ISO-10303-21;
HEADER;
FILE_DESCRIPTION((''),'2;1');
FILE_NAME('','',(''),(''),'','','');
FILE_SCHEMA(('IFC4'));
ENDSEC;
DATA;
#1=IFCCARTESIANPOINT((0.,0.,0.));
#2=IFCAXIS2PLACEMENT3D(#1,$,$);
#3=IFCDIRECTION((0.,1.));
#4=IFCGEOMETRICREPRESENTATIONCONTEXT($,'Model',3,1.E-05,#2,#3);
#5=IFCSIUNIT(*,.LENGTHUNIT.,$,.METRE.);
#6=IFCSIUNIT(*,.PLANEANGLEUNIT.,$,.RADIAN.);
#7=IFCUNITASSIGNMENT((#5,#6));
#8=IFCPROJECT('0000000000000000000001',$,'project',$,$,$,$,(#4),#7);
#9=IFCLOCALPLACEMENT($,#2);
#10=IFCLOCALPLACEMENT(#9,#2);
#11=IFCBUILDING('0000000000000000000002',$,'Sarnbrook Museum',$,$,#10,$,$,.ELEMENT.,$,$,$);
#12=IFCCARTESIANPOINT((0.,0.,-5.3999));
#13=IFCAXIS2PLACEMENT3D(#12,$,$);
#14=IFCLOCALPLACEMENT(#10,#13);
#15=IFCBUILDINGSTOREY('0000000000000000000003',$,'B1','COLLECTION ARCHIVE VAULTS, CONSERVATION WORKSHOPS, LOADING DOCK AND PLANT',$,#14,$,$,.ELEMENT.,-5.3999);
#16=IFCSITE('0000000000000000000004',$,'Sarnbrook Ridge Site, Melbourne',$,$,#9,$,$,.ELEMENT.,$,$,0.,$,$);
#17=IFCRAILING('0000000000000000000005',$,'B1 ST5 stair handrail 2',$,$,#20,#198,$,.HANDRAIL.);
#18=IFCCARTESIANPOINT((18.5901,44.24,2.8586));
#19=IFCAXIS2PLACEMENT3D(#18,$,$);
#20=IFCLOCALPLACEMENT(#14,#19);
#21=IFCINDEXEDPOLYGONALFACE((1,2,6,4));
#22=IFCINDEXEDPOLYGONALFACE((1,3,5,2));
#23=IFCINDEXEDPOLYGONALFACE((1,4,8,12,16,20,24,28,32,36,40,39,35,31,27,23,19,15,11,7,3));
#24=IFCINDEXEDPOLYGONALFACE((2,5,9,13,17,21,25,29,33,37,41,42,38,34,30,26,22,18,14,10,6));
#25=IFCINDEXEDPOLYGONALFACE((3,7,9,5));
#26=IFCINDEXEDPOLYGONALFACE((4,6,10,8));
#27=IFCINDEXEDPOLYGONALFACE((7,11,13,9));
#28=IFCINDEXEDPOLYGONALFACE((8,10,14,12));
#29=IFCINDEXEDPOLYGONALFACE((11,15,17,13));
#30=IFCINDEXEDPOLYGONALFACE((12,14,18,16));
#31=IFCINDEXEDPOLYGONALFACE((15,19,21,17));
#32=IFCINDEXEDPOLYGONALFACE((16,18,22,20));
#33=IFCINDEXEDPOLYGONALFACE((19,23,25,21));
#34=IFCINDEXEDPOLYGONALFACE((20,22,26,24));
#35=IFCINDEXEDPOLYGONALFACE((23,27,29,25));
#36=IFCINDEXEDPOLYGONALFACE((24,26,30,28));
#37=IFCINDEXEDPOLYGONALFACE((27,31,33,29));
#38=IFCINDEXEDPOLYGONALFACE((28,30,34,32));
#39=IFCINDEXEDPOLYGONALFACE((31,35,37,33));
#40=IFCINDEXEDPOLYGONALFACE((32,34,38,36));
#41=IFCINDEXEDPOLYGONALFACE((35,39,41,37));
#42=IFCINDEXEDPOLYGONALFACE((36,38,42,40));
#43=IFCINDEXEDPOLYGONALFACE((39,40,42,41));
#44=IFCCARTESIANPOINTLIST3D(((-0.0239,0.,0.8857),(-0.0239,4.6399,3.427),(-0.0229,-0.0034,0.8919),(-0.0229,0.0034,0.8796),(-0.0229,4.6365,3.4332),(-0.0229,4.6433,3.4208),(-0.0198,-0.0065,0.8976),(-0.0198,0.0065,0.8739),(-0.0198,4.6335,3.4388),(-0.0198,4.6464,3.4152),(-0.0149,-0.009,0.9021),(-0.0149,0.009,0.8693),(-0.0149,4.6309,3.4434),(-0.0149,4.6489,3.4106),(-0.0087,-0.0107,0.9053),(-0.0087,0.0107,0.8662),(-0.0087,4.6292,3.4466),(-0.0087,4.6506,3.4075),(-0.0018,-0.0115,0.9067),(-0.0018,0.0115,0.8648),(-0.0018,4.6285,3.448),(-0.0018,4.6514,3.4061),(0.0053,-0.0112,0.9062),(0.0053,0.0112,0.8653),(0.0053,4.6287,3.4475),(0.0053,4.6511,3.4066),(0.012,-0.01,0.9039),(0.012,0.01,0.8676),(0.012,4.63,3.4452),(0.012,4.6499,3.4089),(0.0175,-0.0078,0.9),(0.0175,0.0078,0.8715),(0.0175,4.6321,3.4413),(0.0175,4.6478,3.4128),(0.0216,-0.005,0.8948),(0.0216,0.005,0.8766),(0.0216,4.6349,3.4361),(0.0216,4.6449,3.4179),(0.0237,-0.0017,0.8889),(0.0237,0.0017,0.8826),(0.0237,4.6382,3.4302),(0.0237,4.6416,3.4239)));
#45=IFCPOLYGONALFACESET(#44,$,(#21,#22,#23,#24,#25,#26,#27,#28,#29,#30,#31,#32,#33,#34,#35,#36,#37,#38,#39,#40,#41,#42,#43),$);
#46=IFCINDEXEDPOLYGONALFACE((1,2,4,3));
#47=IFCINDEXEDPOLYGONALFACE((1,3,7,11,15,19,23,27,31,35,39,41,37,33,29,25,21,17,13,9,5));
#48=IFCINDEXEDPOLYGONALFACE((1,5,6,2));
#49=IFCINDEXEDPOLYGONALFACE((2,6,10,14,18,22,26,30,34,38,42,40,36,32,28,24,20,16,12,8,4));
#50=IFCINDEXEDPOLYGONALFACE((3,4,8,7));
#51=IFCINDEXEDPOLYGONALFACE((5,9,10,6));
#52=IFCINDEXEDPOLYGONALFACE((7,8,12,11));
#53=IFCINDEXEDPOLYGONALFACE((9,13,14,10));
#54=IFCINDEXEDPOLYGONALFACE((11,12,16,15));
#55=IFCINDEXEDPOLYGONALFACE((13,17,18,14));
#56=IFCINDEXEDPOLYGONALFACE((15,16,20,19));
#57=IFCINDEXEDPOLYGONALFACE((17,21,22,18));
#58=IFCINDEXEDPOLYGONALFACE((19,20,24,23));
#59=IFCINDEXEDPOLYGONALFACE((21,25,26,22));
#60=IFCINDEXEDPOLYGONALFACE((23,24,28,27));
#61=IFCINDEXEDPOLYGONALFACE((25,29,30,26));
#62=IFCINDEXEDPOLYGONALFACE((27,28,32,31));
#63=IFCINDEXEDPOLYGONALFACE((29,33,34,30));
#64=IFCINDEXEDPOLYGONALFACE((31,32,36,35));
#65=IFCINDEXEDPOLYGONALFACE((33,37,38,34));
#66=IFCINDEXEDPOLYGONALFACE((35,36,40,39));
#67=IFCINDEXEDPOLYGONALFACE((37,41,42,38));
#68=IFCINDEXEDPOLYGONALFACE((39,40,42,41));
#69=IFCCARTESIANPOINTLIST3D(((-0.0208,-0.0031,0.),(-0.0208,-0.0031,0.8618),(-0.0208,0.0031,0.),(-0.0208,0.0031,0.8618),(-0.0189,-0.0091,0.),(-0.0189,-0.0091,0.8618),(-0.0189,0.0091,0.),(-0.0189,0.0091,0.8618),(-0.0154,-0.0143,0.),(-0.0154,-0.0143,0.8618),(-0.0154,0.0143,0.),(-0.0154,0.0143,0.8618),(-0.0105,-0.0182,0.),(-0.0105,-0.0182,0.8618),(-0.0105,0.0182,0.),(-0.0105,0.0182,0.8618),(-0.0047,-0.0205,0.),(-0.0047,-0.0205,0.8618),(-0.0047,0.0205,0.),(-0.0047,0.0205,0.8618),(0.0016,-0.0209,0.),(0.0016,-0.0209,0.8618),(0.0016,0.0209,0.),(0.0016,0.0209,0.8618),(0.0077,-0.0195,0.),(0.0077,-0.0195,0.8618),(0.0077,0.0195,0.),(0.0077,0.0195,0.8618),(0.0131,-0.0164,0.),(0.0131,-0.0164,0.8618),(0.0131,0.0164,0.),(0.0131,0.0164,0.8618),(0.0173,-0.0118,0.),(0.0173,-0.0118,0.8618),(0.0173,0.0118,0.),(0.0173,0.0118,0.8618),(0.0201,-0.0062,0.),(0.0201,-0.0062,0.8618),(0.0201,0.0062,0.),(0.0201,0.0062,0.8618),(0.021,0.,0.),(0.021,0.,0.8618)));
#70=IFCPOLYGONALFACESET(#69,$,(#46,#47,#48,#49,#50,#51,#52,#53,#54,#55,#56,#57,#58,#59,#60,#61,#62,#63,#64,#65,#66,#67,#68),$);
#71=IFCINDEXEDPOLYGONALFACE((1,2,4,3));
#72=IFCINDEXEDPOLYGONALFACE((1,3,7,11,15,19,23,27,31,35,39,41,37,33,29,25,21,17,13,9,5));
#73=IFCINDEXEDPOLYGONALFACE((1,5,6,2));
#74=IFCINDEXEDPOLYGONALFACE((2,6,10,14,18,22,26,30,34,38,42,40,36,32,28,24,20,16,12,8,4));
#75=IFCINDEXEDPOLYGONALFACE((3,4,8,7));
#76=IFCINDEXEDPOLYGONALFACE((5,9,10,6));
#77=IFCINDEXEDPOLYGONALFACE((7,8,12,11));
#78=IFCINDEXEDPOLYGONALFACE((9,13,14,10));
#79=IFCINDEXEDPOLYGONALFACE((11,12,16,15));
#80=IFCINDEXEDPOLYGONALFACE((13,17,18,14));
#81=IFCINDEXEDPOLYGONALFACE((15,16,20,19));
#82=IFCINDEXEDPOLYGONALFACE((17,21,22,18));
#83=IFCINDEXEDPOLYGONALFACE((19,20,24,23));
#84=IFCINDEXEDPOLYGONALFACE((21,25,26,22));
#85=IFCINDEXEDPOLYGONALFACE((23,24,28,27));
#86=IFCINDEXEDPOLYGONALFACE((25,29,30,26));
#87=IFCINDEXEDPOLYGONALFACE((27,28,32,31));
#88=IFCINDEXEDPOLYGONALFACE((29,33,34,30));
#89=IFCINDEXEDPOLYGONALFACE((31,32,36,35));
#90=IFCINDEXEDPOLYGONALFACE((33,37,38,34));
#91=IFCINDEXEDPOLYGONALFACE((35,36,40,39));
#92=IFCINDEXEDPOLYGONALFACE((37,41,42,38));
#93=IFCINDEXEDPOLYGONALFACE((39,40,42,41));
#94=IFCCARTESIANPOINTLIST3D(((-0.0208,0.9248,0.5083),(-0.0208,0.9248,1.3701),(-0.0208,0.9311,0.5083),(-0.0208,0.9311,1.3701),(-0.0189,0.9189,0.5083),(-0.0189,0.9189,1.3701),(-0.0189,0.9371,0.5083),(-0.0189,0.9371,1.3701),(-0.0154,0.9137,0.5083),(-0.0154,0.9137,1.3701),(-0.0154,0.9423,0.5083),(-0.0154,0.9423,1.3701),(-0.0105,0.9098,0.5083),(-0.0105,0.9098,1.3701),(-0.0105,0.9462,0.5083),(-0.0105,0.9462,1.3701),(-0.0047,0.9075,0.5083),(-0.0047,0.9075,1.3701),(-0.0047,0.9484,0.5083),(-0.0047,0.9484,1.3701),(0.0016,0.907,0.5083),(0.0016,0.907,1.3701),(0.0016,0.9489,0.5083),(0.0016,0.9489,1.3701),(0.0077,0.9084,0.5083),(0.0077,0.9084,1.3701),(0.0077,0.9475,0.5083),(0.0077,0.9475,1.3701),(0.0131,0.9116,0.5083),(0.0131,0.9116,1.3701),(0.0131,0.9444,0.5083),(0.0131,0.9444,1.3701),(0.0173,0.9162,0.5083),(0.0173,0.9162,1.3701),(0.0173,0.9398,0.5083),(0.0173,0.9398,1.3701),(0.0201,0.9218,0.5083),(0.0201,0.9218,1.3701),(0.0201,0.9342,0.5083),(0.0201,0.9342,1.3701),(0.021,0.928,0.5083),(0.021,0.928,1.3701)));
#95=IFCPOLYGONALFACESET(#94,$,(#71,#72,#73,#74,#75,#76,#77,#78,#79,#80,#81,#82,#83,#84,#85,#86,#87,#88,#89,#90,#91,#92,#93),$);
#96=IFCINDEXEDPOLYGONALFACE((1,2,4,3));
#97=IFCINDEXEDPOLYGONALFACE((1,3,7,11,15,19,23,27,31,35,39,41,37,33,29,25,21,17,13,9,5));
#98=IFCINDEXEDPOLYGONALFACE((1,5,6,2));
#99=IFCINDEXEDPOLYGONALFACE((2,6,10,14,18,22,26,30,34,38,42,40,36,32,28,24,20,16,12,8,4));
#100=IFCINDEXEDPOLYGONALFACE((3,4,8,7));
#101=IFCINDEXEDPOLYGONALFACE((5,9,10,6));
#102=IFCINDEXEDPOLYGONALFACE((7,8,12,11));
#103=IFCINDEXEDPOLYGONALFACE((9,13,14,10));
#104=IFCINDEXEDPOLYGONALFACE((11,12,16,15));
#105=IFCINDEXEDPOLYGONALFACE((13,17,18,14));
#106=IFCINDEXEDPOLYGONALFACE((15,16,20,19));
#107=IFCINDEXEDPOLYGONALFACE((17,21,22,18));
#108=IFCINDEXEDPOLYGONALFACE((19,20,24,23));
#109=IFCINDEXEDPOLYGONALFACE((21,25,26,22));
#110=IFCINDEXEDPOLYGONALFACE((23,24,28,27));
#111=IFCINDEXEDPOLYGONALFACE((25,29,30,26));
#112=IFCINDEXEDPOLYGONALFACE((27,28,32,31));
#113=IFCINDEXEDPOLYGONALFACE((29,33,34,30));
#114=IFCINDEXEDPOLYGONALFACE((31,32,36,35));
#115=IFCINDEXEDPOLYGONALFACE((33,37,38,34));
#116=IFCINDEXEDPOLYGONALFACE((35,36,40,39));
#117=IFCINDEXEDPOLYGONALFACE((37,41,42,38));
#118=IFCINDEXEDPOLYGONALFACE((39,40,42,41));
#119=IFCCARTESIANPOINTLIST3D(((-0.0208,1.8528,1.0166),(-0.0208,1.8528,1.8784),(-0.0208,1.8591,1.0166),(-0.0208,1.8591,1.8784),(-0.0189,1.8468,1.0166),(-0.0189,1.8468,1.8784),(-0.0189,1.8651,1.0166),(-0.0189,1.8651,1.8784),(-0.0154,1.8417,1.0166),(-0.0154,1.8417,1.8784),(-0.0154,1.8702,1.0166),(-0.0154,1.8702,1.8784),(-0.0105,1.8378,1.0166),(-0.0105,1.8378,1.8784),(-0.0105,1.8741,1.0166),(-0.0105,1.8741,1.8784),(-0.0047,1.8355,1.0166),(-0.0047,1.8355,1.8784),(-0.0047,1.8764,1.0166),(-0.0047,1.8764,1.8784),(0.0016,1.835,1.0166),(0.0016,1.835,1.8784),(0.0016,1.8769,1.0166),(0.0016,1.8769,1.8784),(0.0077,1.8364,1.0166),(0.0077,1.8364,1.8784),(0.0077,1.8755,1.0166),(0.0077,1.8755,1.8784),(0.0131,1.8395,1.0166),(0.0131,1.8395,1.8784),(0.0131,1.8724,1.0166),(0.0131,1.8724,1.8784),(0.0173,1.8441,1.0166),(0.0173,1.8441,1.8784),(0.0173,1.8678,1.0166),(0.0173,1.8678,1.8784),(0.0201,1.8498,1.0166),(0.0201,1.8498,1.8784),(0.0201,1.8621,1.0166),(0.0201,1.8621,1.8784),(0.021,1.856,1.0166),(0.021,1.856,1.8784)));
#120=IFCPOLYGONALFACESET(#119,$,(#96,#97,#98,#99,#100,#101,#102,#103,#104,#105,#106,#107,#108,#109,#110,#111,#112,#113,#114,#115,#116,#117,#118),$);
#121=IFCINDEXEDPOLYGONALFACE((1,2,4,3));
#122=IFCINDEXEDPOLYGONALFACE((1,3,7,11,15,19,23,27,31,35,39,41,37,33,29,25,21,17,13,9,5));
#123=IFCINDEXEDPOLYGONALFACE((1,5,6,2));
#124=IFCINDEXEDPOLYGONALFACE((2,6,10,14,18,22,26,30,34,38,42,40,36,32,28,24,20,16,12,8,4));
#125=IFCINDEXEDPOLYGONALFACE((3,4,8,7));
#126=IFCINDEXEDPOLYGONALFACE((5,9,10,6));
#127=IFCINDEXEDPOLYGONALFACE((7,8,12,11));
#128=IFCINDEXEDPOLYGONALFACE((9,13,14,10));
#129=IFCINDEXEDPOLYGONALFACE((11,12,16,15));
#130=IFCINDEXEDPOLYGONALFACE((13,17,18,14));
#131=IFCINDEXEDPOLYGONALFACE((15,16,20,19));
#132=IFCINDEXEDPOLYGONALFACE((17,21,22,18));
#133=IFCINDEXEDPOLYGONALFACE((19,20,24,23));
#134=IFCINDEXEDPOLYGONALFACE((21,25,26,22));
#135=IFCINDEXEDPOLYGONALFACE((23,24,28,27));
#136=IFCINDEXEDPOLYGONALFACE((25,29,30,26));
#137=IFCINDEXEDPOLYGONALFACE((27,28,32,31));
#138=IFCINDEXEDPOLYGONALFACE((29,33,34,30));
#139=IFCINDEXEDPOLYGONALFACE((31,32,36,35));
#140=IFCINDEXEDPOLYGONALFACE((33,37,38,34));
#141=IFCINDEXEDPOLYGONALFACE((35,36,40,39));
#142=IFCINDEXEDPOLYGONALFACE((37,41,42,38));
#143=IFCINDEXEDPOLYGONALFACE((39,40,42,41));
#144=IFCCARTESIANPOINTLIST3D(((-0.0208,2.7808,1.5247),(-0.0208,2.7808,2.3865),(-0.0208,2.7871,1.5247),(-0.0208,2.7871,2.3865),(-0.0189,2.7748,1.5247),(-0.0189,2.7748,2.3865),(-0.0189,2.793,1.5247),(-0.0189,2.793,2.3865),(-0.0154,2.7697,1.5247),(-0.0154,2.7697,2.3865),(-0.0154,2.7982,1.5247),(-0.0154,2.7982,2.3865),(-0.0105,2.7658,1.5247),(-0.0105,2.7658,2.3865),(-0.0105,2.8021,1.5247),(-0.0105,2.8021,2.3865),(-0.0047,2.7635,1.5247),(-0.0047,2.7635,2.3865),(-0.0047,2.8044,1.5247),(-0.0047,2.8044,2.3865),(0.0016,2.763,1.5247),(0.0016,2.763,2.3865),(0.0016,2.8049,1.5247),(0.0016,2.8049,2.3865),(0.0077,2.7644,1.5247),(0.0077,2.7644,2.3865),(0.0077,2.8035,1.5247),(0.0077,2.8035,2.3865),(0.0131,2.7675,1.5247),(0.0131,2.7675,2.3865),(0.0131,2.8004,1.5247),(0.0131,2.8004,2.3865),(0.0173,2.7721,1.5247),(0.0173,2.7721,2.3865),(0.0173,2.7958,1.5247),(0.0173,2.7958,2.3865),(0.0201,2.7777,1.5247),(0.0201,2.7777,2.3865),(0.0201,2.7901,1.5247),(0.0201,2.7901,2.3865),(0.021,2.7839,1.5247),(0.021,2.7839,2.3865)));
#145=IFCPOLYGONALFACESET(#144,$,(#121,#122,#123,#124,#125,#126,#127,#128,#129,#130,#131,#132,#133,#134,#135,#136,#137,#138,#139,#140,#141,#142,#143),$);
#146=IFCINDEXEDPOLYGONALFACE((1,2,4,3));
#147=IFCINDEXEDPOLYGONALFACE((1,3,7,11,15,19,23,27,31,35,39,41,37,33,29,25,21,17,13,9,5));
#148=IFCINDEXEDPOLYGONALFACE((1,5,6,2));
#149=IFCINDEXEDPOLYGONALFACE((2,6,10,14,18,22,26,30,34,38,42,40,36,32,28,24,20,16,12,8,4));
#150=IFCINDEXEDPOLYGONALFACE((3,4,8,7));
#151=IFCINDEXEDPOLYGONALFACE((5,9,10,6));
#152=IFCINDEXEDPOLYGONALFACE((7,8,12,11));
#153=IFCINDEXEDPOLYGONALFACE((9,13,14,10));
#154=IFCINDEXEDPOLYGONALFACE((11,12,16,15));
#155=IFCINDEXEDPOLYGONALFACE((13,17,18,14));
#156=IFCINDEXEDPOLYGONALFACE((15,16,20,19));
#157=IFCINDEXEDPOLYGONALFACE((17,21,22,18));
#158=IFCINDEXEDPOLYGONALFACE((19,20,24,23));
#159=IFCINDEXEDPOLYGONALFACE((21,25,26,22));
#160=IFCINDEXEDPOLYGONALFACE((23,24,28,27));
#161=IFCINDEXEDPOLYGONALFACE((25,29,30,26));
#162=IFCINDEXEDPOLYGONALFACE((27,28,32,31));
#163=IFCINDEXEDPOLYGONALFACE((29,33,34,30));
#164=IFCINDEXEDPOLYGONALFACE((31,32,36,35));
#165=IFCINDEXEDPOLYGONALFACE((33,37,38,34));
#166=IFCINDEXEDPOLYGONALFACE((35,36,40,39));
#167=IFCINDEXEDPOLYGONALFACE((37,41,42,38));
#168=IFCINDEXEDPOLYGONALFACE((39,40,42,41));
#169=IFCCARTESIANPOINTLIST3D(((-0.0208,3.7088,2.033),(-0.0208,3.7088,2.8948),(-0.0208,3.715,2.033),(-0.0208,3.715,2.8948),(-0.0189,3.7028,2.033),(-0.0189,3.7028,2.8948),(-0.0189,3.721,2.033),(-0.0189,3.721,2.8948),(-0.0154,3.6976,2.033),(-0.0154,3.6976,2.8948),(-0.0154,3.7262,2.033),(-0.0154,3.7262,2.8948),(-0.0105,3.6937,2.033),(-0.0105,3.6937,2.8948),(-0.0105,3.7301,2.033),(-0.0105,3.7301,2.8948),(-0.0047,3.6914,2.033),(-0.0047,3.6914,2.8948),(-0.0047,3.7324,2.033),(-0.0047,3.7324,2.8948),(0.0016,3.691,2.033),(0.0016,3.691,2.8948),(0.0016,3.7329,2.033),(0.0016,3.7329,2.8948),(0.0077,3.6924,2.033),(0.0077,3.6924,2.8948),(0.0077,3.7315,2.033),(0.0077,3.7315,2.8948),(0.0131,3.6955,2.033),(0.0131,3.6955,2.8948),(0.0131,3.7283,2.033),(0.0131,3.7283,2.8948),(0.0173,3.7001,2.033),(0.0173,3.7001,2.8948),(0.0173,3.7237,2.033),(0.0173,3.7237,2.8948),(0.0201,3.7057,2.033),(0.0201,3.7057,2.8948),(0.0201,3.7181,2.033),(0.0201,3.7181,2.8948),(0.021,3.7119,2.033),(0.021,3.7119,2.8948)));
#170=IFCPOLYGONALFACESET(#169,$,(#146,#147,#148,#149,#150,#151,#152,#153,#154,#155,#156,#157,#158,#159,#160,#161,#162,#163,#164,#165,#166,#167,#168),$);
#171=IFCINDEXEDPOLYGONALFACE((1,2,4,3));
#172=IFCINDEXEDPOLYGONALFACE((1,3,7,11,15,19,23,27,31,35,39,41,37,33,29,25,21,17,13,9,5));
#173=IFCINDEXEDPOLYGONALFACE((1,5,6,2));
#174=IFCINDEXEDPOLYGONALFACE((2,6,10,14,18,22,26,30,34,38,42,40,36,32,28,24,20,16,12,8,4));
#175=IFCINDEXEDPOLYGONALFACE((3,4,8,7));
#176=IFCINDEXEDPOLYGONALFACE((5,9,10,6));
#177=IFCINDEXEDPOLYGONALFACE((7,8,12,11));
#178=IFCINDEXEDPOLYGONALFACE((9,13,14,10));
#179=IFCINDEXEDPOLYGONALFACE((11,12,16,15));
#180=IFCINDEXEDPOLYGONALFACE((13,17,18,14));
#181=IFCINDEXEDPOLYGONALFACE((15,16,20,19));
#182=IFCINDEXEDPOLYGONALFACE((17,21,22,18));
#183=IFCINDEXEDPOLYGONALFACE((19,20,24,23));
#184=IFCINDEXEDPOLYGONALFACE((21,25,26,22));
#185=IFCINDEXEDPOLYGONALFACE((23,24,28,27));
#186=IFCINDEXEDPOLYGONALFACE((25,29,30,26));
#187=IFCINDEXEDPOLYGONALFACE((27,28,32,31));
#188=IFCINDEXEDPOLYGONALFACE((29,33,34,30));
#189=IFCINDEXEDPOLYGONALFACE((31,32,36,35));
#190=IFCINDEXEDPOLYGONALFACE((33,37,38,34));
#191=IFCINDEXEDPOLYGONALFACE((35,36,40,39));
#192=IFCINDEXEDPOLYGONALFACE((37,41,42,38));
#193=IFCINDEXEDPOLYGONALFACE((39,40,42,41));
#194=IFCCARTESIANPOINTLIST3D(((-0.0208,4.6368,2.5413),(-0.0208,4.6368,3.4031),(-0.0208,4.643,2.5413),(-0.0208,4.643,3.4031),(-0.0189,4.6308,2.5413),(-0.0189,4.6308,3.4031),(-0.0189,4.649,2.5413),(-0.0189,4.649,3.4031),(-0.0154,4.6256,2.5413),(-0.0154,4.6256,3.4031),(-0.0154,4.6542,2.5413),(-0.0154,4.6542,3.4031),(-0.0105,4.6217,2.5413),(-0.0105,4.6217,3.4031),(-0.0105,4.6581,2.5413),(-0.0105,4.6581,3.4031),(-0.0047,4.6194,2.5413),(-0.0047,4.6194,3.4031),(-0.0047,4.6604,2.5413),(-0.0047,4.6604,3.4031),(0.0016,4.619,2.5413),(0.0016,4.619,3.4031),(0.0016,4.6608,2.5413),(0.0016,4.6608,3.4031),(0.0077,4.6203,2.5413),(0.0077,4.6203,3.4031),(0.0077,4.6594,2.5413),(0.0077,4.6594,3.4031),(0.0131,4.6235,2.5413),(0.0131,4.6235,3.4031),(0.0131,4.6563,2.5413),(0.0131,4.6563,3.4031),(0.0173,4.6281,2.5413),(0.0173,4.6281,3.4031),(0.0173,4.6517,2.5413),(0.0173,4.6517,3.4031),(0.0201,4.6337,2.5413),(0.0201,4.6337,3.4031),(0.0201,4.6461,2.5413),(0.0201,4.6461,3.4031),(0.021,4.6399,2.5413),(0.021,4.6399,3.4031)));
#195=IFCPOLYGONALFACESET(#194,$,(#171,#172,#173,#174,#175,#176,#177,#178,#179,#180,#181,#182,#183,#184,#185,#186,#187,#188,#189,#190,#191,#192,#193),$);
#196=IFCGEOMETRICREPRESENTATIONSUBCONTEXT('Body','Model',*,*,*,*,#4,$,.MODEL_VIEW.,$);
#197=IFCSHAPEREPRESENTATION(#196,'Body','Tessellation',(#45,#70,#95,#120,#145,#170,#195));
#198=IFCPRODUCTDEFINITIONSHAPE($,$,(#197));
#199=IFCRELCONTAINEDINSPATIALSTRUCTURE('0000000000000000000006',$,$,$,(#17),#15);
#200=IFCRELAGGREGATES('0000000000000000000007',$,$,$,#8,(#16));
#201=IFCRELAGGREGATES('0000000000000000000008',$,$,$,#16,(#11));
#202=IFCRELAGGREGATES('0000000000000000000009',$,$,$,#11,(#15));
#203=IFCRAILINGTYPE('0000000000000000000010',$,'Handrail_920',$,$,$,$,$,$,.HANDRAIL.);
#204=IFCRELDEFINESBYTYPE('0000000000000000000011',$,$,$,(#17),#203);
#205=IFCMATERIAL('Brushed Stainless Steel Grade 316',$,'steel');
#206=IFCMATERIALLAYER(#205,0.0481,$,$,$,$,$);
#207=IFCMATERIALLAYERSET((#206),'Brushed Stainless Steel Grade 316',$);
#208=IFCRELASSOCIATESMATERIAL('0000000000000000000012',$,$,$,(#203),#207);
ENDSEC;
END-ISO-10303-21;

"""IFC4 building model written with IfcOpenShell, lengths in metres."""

from ifc_helpers import new_model, si_unit, direction, frame, origin, origin_2d, place, context, subcontext, project, spatial, circle, extrude, material, layer, layer_set, type_object, element, save


model = new_model("IFC4")

# Units and contexts
model_context = context("Model", 3, precision=1e-05, world=origin(), true_north=direction((0.0, 1.0)))
body_context = subcontext(model_context, "Body", "Model", "MODEL_VIEW")
ifc_project = project(units=[si_unit("LENGTHUNIT", "METRE"), si_unit("PLANEANGLEUNIT", "RADIAN")], contexts=[model_context])

# Site, building, storey
site_placement = place(None, origin())
site = spatial("IfcSite", under=ifc_project, at=site_placement, Name="Sarnbrook Ridge Site, Melbourne", CompositionType="ELEMENT", RefElevation=0.0)
building_placement = place(site_placement, origin())
building = spatial("IfcBuilding", under=site, at=building_placement, Name="Sarnbrook Museum", CompositionType="ELEMENT")
storey_placement = place(building_placement, frame((0.0, 0.0, -5.3999)))
storey = spatial("IfcBuildingStorey", under=building, at=storey_placement, Name="B1", Description="COLLECTION ARCHIVE VAULTS, CONSERVATION WORKSHOPS, LOADING DOCK AND PLANT", CompositionType="ELEMENT", Elevation=-5.3999)

# Railing
ifc_material_1 = material(Name="Brushed Stainless Steel Grade 316", Category="steel")
ifc_layer_1 = layer(ifc_material_1, 0.0481)
ifc_layer_set_1 = layer_set([ifc_layer_1], Name="Brushed Stainless Steel Grade 316")
railing_type_1 = type_object("IfcRailingType", Name="Handrail_920", PredefinedType="HANDRAIL", material=ifc_layer_set_1)
railing_1_placement = place(storey_placement, frame((18.5901, 44.24, 2.8586)))
element("IfcRailing", 1, at=railing_1_placement, inside=storey, type_object=railing_type_1, Name="B1 ST5 stair handrail 2", PredefinedType="HANDRAIL", context=body_context, shape_type="SweptSolid", body=[
    extrude(circle(Radius=0.0239, at=origin_2d()), frame((0.0, 0.0, 0.8857), z_axis=(0.0, 0.877067, 0.480368), x_axis=(-1.0, 0.0, 0.0)), (0.0, 0.0, 1.0), 5.2903),
    extrude(circle(Radius=0.021, at=origin_2d()), origin(), (0.0, 0.0, 1.0), 0.8618),
    extrude(circle(Radius=0.021, at=origin_2d()), frame((0.0, 0.928, 0.5083)), (0.0, 0.0, 1.0), 0.8618),
    extrude(circle(Radius=0.021, at=origin_2d()), frame((0.0, 1.856, 1.0166)), (0.0, 0.0, 1.0), 0.8618),
    extrude(circle(Radius=0.021, at=origin_2d()), frame((0.0, 2.7839, 1.5247)), (0.0, 0.0, 1.0), 0.8618),
    extrude(circle(Radius=0.021, at=origin_2d()), frame((0.0, 3.7119, 2.033)), (0.0, 0.0, 1.0), 0.8618),
    extrude(circle(Radius=0.021, at=origin_2d()), frame((0.0, 4.6399, 2.5413)), (0.0, 0.0, 1.0), 0.8618),
])

save(model, "model.ifc")
